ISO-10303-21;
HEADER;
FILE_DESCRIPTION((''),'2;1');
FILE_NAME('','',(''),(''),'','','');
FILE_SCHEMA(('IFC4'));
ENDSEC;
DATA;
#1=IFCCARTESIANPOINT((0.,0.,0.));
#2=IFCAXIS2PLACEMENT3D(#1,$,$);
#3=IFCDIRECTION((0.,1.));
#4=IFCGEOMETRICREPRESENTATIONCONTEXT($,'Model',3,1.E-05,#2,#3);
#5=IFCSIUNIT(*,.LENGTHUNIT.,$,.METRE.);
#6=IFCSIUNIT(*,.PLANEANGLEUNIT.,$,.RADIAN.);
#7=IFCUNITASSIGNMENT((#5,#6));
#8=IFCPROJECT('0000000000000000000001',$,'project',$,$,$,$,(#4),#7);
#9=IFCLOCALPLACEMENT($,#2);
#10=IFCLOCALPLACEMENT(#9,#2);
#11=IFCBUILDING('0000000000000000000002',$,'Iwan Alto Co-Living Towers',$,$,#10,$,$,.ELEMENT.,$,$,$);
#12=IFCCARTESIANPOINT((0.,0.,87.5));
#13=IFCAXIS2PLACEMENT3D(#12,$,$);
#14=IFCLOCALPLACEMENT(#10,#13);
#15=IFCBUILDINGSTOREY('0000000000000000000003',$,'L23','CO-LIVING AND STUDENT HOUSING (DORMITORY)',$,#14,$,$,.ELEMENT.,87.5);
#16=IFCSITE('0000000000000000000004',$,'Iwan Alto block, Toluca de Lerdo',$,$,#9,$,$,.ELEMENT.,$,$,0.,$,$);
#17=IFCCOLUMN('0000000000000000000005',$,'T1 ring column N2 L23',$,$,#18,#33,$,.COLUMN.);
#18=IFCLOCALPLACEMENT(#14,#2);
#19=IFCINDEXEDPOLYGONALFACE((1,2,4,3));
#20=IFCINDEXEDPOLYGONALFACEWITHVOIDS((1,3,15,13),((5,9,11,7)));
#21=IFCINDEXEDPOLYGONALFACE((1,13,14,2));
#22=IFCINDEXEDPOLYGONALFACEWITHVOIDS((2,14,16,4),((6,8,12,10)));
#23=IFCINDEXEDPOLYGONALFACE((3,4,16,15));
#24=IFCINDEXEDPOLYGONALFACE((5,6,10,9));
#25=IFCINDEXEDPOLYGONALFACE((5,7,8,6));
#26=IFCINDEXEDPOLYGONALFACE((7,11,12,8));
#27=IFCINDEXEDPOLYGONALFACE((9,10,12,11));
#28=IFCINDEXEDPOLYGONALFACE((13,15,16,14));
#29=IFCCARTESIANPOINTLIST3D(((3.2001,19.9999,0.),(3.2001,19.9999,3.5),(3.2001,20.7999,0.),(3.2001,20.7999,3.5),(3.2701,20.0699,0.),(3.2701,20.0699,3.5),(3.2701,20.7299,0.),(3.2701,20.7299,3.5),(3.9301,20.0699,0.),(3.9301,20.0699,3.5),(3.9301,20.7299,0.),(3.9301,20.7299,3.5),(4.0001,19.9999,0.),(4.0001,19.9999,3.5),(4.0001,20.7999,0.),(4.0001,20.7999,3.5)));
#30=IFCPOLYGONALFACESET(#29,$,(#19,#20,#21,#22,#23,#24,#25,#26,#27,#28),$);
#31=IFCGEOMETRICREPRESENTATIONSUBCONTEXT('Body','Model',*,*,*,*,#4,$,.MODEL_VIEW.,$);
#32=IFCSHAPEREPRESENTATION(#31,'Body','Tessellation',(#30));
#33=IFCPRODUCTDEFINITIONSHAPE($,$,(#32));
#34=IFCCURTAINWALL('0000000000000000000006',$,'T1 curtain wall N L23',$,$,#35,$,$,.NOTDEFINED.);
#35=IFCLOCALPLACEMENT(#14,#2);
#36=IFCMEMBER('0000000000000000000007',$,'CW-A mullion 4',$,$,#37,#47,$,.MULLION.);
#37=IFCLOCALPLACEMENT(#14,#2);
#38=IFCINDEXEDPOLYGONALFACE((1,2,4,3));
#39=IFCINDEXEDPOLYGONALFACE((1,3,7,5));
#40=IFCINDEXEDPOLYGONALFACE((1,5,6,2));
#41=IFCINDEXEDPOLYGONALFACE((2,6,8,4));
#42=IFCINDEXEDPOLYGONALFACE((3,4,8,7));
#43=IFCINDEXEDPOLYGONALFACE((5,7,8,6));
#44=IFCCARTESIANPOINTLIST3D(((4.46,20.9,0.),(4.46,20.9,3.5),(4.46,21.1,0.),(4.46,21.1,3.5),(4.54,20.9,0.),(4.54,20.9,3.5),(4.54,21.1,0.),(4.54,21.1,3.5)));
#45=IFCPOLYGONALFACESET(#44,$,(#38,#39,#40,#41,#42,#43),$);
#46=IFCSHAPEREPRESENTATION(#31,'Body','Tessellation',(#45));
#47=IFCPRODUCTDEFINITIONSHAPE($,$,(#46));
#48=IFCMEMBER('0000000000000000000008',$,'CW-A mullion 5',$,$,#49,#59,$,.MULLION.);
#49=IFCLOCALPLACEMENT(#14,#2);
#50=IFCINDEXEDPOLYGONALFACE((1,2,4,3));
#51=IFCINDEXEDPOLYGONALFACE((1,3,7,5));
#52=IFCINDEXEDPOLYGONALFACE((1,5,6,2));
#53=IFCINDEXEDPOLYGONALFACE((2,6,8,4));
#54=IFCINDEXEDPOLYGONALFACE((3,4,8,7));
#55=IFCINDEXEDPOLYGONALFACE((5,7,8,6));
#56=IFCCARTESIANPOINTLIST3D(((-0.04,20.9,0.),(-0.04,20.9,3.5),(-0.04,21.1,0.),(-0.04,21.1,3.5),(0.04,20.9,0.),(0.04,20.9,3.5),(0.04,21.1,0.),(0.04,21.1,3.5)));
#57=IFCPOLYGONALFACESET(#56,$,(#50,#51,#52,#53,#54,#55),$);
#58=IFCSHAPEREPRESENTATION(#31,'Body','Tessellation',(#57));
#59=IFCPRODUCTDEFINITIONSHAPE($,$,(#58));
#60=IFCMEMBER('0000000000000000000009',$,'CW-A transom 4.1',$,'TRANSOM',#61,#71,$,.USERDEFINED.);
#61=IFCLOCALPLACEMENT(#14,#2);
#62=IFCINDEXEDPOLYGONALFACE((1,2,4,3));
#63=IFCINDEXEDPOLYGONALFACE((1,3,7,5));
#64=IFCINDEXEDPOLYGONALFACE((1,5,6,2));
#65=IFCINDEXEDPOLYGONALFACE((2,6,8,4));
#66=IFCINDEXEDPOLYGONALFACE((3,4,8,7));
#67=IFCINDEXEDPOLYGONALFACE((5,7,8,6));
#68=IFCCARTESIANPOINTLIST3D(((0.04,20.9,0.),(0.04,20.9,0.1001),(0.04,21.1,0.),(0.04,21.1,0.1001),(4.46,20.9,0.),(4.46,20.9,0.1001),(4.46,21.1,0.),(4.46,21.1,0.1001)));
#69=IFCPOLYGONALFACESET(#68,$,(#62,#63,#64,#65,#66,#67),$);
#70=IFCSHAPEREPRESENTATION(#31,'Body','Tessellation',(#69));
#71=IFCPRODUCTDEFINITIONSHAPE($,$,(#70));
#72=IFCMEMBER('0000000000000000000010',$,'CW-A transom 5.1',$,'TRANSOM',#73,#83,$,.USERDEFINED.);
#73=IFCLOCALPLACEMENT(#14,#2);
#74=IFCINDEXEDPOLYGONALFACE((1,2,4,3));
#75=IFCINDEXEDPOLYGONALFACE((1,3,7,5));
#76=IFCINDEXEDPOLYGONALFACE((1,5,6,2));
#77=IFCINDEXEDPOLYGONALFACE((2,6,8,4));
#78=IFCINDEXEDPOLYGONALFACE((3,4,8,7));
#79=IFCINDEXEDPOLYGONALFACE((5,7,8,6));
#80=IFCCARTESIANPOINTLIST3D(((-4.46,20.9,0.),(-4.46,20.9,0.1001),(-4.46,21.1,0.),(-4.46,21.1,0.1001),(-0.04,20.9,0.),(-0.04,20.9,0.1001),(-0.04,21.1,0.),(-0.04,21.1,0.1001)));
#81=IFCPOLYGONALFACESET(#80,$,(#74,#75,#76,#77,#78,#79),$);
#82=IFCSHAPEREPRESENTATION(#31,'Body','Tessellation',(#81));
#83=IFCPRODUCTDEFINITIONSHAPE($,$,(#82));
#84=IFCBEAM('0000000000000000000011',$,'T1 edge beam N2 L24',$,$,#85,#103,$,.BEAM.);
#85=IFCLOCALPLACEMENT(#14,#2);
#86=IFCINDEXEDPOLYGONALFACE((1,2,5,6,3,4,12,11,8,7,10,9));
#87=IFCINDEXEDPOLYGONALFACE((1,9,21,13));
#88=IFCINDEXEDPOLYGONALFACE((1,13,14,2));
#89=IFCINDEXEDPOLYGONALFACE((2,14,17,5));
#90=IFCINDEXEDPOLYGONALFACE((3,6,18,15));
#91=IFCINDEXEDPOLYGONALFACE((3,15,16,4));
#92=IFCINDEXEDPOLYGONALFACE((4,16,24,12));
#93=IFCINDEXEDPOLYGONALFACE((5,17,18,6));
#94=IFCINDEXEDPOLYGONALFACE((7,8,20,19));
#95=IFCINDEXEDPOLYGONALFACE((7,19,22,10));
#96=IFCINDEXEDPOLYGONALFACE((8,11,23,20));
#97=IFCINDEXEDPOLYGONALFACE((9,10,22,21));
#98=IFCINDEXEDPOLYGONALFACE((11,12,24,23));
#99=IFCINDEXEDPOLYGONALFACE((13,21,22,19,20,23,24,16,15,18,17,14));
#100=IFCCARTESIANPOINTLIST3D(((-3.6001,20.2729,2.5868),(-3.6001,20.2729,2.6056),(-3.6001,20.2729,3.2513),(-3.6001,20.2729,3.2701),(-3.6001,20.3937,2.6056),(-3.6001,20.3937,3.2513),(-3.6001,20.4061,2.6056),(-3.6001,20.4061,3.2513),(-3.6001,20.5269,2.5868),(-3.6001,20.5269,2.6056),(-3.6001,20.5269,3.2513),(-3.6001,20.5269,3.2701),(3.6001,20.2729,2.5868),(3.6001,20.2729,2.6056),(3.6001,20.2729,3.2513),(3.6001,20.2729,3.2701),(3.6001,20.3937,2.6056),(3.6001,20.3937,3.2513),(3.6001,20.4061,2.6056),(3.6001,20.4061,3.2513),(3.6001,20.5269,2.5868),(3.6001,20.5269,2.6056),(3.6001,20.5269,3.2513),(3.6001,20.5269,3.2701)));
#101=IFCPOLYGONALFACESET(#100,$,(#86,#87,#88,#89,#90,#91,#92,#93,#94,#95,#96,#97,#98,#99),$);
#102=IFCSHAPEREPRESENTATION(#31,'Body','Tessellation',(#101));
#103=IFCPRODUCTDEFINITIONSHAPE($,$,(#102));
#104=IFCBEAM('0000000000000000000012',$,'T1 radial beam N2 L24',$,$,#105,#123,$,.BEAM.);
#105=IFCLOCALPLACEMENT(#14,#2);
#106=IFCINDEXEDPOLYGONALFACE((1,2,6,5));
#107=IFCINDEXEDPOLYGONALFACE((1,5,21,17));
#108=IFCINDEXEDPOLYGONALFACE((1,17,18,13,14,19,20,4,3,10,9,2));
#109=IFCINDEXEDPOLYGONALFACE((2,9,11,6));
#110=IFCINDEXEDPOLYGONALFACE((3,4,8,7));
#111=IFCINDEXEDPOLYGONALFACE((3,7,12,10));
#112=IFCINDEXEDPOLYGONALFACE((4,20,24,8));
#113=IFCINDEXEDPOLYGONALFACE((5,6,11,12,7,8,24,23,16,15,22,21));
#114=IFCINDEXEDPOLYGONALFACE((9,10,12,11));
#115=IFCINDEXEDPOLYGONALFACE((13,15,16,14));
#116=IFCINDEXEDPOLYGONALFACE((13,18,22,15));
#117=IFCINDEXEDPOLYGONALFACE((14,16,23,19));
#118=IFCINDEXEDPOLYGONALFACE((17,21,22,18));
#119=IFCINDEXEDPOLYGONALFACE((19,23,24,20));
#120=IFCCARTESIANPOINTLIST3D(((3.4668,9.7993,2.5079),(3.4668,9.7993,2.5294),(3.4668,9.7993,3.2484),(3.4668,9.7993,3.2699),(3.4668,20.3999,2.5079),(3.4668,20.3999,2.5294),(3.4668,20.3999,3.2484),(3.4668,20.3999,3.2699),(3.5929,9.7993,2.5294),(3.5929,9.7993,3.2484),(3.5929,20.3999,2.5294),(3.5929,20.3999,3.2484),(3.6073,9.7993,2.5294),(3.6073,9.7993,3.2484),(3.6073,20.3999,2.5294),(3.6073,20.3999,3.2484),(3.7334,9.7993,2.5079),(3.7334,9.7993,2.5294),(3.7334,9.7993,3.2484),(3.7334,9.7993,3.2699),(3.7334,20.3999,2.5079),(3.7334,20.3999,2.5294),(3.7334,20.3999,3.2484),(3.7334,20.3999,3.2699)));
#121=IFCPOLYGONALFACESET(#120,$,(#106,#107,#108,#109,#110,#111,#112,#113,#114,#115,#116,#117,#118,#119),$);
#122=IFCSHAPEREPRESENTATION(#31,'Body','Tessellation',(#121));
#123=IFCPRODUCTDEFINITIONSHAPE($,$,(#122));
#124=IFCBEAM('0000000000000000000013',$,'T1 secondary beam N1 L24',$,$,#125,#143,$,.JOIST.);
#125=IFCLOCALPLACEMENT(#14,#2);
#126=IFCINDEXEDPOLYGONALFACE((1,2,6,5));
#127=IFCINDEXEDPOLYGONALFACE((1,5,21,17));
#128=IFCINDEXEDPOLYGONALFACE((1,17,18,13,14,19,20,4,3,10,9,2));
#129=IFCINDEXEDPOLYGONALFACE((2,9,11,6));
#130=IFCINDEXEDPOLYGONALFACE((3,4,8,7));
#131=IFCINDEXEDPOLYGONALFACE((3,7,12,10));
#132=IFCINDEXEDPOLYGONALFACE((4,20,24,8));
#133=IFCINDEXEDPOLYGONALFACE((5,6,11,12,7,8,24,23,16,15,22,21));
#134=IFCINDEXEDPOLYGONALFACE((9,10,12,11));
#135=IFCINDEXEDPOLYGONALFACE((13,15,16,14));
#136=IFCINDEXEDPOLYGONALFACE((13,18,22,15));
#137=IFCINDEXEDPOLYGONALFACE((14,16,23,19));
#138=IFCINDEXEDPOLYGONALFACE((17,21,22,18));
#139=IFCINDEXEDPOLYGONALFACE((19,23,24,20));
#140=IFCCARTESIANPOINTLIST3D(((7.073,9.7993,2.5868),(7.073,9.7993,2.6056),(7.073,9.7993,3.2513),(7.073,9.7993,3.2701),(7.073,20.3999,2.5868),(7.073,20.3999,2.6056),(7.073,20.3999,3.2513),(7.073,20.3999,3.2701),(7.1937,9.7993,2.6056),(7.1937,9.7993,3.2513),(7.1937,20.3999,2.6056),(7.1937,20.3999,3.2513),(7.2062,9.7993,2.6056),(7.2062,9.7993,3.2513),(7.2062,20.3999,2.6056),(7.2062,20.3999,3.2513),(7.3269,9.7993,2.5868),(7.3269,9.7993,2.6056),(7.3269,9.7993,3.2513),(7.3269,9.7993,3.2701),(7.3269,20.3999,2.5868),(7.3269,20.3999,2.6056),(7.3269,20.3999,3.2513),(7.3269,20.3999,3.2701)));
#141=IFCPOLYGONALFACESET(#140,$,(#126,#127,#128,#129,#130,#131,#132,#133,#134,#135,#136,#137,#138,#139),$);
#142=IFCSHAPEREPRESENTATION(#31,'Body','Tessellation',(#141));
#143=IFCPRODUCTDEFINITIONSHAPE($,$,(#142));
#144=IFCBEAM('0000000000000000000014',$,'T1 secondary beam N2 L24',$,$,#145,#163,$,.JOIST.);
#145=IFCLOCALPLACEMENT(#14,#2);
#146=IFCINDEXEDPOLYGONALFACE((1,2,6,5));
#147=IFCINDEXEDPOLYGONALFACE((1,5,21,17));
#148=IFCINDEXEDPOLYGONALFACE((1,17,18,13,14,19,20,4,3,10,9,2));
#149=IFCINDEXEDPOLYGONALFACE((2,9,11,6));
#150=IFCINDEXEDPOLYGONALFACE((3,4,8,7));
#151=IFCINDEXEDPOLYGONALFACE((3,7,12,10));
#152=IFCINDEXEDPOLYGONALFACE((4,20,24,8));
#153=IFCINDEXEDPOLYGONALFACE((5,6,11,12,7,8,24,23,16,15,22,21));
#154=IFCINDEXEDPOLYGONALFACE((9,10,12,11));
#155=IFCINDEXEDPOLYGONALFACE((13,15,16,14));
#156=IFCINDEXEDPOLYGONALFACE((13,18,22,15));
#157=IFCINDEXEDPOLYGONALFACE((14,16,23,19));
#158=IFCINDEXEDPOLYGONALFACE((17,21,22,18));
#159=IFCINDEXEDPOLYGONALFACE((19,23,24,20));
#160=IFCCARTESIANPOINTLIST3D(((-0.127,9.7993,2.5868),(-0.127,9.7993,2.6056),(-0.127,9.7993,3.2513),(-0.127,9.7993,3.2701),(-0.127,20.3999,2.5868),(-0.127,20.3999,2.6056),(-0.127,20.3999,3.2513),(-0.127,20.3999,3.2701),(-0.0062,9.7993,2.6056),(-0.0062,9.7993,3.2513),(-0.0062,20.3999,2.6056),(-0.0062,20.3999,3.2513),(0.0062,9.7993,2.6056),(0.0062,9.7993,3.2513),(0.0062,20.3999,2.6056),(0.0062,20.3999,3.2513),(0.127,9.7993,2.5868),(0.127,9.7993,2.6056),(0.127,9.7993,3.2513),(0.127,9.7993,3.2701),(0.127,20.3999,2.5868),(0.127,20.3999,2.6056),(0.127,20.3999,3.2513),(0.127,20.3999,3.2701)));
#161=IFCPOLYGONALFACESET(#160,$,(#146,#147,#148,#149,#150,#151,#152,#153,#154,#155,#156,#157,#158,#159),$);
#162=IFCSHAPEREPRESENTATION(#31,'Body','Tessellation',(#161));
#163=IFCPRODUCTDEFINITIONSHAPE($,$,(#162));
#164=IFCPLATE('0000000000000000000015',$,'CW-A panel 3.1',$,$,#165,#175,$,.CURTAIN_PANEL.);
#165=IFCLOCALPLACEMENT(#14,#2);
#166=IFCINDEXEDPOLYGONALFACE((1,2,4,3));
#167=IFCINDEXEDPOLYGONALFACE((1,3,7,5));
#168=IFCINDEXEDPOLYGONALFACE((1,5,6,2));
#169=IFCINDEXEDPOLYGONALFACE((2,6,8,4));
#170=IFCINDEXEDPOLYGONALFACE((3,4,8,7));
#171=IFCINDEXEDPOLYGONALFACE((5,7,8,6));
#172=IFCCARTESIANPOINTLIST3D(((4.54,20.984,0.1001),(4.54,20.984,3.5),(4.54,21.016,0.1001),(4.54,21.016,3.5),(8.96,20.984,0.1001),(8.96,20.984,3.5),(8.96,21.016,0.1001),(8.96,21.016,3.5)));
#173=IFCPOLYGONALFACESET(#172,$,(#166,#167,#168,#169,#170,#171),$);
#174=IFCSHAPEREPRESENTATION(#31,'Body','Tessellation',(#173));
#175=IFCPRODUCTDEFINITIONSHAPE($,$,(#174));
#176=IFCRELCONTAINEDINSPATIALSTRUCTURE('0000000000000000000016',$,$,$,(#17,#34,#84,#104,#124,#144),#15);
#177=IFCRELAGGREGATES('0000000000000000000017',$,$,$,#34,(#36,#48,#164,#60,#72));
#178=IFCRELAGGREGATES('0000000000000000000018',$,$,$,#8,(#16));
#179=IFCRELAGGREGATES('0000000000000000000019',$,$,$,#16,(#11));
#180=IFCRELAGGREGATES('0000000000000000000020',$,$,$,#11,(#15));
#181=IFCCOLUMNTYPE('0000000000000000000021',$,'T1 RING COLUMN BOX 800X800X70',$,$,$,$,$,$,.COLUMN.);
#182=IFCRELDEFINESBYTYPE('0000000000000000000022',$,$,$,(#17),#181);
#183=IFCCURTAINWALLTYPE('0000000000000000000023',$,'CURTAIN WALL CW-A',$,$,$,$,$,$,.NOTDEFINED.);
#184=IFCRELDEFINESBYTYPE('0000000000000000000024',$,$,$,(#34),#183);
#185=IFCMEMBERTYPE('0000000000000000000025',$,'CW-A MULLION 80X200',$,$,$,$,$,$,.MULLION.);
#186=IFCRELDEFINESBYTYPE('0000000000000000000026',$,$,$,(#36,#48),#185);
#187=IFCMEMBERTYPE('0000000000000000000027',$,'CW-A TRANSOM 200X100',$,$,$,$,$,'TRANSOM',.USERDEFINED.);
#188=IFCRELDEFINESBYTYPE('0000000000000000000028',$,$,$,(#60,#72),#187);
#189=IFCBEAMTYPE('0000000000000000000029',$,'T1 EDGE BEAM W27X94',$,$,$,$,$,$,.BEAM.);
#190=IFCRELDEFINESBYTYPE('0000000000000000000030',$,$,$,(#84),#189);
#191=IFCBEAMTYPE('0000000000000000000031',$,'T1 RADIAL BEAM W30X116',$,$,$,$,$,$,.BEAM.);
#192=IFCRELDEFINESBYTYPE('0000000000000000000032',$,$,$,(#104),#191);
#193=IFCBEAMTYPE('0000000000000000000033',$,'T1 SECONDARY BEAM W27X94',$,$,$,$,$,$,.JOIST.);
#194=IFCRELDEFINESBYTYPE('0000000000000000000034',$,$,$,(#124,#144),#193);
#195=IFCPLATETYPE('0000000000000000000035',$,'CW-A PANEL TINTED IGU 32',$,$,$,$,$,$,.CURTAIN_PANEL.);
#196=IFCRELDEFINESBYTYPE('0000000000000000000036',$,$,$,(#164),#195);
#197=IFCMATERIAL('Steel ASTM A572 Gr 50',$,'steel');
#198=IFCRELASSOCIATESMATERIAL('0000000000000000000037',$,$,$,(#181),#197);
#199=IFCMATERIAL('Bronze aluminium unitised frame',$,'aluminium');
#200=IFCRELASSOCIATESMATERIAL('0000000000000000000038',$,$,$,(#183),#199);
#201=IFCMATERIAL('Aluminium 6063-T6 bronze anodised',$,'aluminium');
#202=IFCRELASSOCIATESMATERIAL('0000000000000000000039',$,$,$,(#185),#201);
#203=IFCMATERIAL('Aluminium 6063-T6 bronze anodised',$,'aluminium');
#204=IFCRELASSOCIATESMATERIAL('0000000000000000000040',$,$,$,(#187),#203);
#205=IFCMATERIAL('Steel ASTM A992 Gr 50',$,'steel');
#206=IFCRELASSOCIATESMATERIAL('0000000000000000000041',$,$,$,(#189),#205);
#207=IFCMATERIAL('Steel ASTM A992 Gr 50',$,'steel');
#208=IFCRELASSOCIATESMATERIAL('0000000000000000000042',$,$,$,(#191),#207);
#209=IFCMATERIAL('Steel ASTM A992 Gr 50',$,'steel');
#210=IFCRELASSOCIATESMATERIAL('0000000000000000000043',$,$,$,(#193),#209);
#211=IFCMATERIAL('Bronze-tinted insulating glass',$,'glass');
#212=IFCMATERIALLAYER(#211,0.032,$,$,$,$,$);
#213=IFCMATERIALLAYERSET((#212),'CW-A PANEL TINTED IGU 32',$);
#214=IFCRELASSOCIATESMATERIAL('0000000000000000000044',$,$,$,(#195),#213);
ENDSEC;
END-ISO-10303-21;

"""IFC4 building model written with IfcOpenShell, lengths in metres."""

from ifc_helpers import new_model, si_unit, direction, frame, origin, origin_2d, place, context, subcontext, project, spatial, rectangle, hollow_rectangle, i_section, extrude, material, layer, layer_set, material_profile, profile_set, type_object, element, aggregate, save


model = new_model("IFC4")

# Units and contexts
model_context = context("Model", 3, precision=1e-05, world=origin(), true_north=direction((0.0, 1.0)))
body_context = subcontext(model_context, "Body", "Model", "MODEL_VIEW")
ifc_project = project(units=[si_unit("LENGTHUNIT", "METRE"), si_unit("PLANEANGLEUNIT", "RADIAN")], contexts=[model_context])

# Site, building, storey
site_placement = place(None, origin())
site = spatial("IfcSite", under=ifc_project, at=site_placement, Name="Iwan Alto block, Toluca de Lerdo", CompositionType="ELEMENT", RefElevation=0.0)
building_placement = place(site_placement, origin())
building = spatial("IfcBuilding", under=site, at=building_placement, Name="Iwan Alto Co-Living Towers", CompositionType="ELEMENT")
storey_placement = place(building_placement, frame((0.0, 0.0, 87.5)))
storey = spatial("IfcBuildingStorey", under=building, at=storey_placement, Name="L23", Description="CO-LIVING AND STUDENT HOUSING (DORMITORY)", CompositionType="ELEMENT", Elevation=87.5)

# Column
ifc_material_1 = material(Name="Steel ASTM A572 Gr 50", Category="steel")
ifc_material_profile_1 = material_profile(ifc_material_1, hollow_rectangle(XDim=0.8, YDim=0.8, WallThickness=0.0701, at=origin_2d()), Name="BOX 800X800X70")
ifc_profile_set_1 = profile_set([ifc_material_profile_1], Name="Steel ASTM A572 Gr 50")
column_type = type_object("IfcColumnType", Name="T1 RING COLUMN BOX 800X800X70", PredefinedType="COLUMN", material=ifc_profile_set_1)
column_placement = place(storey_placement, frame((3.6001, 20.3999, 0.0), z_axis=(0.0, 0.0, 1.0), x_axis=(1.0, 0.0, 0.0)))
element("IfcColumn", 1, at=column_placement, inside=storey, type_object=column_type, Name="T1 ring column N2 L23", PredefinedType="COLUMN", context=body_context, shape_type="SweptSolid", body=[
    extrude(hollow_rectangle(XDim=0.8, YDim=0.8, WallThickness=0.0701, at=origin_2d()), origin(), (0.0, 0.0, 1.0), 3.5),
])

# Curtain wall, members
ifc_material_2 = material(Name="Bronze aluminium unitised frame", Category="aluminium")
curtain_wall_type = type_object("IfcCurtainWallType", Name="CURTAIN WALL CW-A", PredefinedType="NOTDEFINED", material=ifc_material_2)
curtain_wall_placement = place(storey_placement, origin())
curtain_wall = element("IfcCurtainWall", 2, at=curtain_wall_placement, inside=storey, type_object=curtain_wall_type, Name="T1 curtain wall N L23", PredefinedType="NOTDEFINED")
ifc_material_3 = material(Name="Aluminium 6063-T6 bronze anodised", Category="aluminium")
ifc_material_profile_2 = material_profile(ifc_material_3, rectangle(XDim=0.2, YDim=0.0801, at=origin_2d()), Name="AL 80X200")
ifc_profile_set_2 = profile_set([ifc_material_profile_2], Name="Aluminium 6063-T6 bronze anodised")
member_type_1 = type_object("IfcMemberType", Name="CW-A MULLION 80X200", PredefinedType="MULLION", material=ifc_profile_set_2)
member_1_placement = place(storey_placement, frame((4.5, 21.0, 0.0), z_axis=(0.0, 0.0, 1.0), x_axis=(0.0, -1.0, 0.0)))
member_1 = element("IfcMember", 3, at=member_1_placement, type_object=member_type_1, Name="CW-A mullion 4", PredefinedType="MULLION", context=body_context, shape_type="SweptSolid", body=[
    extrude(rectangle(XDim=0.2, YDim=0.0801, at=origin_2d()), origin(), (0.0, 0.0, 1.0), 3.5),
])
member_2_placement = place(storey_placement, frame((0.0, 21.0, 0.0), z_axis=(0.0, 0.0, 1.0), x_axis=(0.0, -1.0, 0.0)))
member_2 = element("IfcMember", 4, at=member_2_placement, type_object=member_type_1, Name="CW-A mullion 5", PredefinedType="MULLION", context=body_context, shape_type="SweptSolid", body=[
    extrude(rectangle(XDim=0.2, YDim=0.0801, at=origin_2d()), origin(), (0.0, 0.0, 1.0), 3.5),
])
ifc_material_4 = material(Name="Aluminium 6063-T6 bronze anodised", Category="aluminium")
ifc_material_profile_3 = material_profile(ifc_material_4, rectangle(XDim=0.2, YDim=0.1001, at=origin_2d()), Name="AL 200X100")
ifc_profile_set_3 = profile_set([ifc_material_profile_3], Name="Aluminium 6063-T6 bronze anodised")
member_type_2 = type_object("IfcMemberType", Name="CW-A TRANSOM 200X100", ElementType="TRANSOM", PredefinedType="USERDEFINED", material=ifc_profile_set_3)
member_3_placement = place(storey_placement, frame((4.46, 21.0, 0.05), z_axis=(-1.0, 0.0, 0.0), x_axis=(0.0, -1.0, 0.0)))
member_3 = element("IfcMember", 5, at=member_3_placement, type_object=member_type_2, Name="CW-A transom 4.1", ObjectType="TRANSOM", PredefinedType="USERDEFINED", context=body_context, shape_type="SweptSolid", body=[
    extrude(rectangle(XDim=0.2, YDim=0.1001, at=origin_2d()), origin(), (0.0, 0.0, 1.0), 4.4199),
])
member_4_placement = place(storey_placement, frame((-0.04, 21.0, 0.05), z_axis=(-1.0, 0.0, 0.0), x_axis=(0.0, -1.0, 0.0)))
member_4 = element("IfcMember", 6, at=member_4_placement, type_object=member_type_2, Name="CW-A transom 5.1", ObjectType="TRANSOM", PredefinedType="USERDEFINED", context=body_context, shape_type="SweptSolid", body=[
    extrude(rectangle(XDim=0.2, YDim=0.1001, at=origin_2d()), origin(), (0.0, 0.0, 1.0), 4.4199),
])

# Beams
ifc_material_5 = material(Name="Steel ASTM A992 Gr 50", Category="steel")
ifc_material_profile_4 = material_profile(ifc_material_5, i_section(OverallWidth=0.2539, OverallDepth=0.6833, WebThickness=0.0125, FlangeThickness=0.0188, at=origin_2d()), Name="W27X94")
ifc_profile_set_4 = profile_set([ifc_material_profile_4], Name="Steel ASTM A992 Gr 50")
beam_type_1 = type_object("IfcBeamType", Name="T1 EDGE BEAM W27X94", PredefinedType="BEAM", material=ifc_profile_set_4)
beam_1_placement = place(storey_placement, frame((3.6001, 20.3999, 2.9285), z_axis=(-1.0, 0.0, 0.0), x_axis=(0.0, -1.0, 0.0)))
element("IfcBeam", 7, at=beam_1_placement, inside=storey, type_object=beam_type_1, Name="T1 edge beam N2 L24", PredefinedType="BEAM", context=body_context, shape_type="SweptSolid", body=[
    extrude(i_section(OverallWidth=0.2539, OverallDepth=0.6833, WebThickness=0.0125, FlangeThickness=0.0188, at=origin_2d()), origin(), (0.0, 0.0, 1.0), 7.2002),
])
ifc_material_6 = material(Name="Steel ASTM A992 Gr 50", Category="steel")
ifc_material_profile_5 = material_profile(ifc_material_6, i_section(OverallWidth=0.2666, OverallDepth=0.762, WebThickness=0.0144, FlangeThickness=0.0215, at=origin_2d()), Name="W30X116")
ifc_profile_set_5 = profile_set([ifc_material_profile_5], Name="Steel ASTM A992 Gr 50")
beam_type_2 = type_object("IfcBeamType", Name="T1 RADIAL BEAM W30X116", PredefinedType="BEAM", material=ifc_profile_set_5)
beam_2_placement = place(storey_placement, frame((3.6001, 20.3999, 2.8889), z_axis=(0.0, -1.0, 0.0), x_axis=(1.0, 0.0, 0.0)))
element("IfcBeam", 8, at=beam_2_placement, inside=storey, type_object=beam_type_2, Name="T1 radial beam N2 L24", PredefinedType="BEAM", context=body_context, shape_type="SweptSolid", body=[
    extrude(i_section(OverallWidth=0.2666, OverallDepth=0.762, WebThickness=0.0144, FlangeThickness=0.0215, at=origin_2d()), origin(), (0.0, 0.0, 1.0), 10.6006),
])
ifc_material_7 = material(Name="Steel ASTM A992 Gr 50", Category="steel")
ifc_material_profile_6 = material_profile(ifc_material_7, i_section(OverallWidth=0.2539, OverallDepth=0.6833, WebThickness=0.0125, FlangeThickness=0.0188, at=origin_2d()), Name="W27X94")
ifc_profile_set_6 = profile_set([ifc_material_profile_6], Name="Steel ASTM A992 Gr 50")
beam_type_3 = type_object("IfcBeamType", Name="T1 SECONDARY BEAM W27X94", PredefinedType="JOIST", material=ifc_profile_set_6)
for number, where, z_axis, x_axis, name in (
    (9, (7.2, 20.3999, 2.9285), (0.0, -1.0, 0.0), (1.0, 0.0, 0.0), "T1 secondary beam N1 L24"),
    (10, (0.0, 20.3999, 2.9285), (0.0, -1.0, 0.0), (1.0, 0.0, 0.0), "T1 secondary beam N2 L24"),
):
    element("IfcBeam", number, at=place(storey_placement, frame(where, z_axis=z_axis, x_axis=x_axis)), inside=storey, type_object=beam_type_3, Name=name, PredefinedType="JOIST", context=body_context, shape_type="SweptSolid", body=[
        extrude(i_section(OverallWidth=0.2539, OverallDepth=0.6833, WebThickness=0.0125, FlangeThickness=0.0188, at=origin_2d()), origin(), (0.0, 0.0, 1.0), 10.6006),
    ])

# Plate
ifc_material_8 = material(Name="Bronze-tinted insulating glass", Category="glass")
ifc_layer_1 = layer(ifc_material_8, 0.032)
ifc_layer_set_1 = layer_set([ifc_layer_1], Name="CW-A PANEL TINTED IGU 32")
plate_type = type_object("IfcPlateType", Name="CW-A PANEL TINTED IGU 32", PredefinedType="CURTAIN_PANEL", material=ifc_layer_set_1)
plate_1_placement = place(storey_placement, frame((6.75, 21.0, 0.1001), z_axis=(0.0, 0.0, 1.0), x_axis=(-1.0, 0.0, 0.0)))
plate_1 = element("IfcPlate", 11, at=plate_1_placement, type_object=plate_type, Name="CW-A panel 3.1", PredefinedType="CURTAIN_PANEL", context=body_context, shape_type="SweptSolid", body=[
    extrude(rectangle(XDim=4.4199, YDim=0.032, at=origin_2d()), origin(), (0.0, 0.0, 1.0), 3.3999),
])
aggregate(curtain_wall, [member_1, member_2, plate_1, member_3, member_4])

save(model, "model.ifc")
